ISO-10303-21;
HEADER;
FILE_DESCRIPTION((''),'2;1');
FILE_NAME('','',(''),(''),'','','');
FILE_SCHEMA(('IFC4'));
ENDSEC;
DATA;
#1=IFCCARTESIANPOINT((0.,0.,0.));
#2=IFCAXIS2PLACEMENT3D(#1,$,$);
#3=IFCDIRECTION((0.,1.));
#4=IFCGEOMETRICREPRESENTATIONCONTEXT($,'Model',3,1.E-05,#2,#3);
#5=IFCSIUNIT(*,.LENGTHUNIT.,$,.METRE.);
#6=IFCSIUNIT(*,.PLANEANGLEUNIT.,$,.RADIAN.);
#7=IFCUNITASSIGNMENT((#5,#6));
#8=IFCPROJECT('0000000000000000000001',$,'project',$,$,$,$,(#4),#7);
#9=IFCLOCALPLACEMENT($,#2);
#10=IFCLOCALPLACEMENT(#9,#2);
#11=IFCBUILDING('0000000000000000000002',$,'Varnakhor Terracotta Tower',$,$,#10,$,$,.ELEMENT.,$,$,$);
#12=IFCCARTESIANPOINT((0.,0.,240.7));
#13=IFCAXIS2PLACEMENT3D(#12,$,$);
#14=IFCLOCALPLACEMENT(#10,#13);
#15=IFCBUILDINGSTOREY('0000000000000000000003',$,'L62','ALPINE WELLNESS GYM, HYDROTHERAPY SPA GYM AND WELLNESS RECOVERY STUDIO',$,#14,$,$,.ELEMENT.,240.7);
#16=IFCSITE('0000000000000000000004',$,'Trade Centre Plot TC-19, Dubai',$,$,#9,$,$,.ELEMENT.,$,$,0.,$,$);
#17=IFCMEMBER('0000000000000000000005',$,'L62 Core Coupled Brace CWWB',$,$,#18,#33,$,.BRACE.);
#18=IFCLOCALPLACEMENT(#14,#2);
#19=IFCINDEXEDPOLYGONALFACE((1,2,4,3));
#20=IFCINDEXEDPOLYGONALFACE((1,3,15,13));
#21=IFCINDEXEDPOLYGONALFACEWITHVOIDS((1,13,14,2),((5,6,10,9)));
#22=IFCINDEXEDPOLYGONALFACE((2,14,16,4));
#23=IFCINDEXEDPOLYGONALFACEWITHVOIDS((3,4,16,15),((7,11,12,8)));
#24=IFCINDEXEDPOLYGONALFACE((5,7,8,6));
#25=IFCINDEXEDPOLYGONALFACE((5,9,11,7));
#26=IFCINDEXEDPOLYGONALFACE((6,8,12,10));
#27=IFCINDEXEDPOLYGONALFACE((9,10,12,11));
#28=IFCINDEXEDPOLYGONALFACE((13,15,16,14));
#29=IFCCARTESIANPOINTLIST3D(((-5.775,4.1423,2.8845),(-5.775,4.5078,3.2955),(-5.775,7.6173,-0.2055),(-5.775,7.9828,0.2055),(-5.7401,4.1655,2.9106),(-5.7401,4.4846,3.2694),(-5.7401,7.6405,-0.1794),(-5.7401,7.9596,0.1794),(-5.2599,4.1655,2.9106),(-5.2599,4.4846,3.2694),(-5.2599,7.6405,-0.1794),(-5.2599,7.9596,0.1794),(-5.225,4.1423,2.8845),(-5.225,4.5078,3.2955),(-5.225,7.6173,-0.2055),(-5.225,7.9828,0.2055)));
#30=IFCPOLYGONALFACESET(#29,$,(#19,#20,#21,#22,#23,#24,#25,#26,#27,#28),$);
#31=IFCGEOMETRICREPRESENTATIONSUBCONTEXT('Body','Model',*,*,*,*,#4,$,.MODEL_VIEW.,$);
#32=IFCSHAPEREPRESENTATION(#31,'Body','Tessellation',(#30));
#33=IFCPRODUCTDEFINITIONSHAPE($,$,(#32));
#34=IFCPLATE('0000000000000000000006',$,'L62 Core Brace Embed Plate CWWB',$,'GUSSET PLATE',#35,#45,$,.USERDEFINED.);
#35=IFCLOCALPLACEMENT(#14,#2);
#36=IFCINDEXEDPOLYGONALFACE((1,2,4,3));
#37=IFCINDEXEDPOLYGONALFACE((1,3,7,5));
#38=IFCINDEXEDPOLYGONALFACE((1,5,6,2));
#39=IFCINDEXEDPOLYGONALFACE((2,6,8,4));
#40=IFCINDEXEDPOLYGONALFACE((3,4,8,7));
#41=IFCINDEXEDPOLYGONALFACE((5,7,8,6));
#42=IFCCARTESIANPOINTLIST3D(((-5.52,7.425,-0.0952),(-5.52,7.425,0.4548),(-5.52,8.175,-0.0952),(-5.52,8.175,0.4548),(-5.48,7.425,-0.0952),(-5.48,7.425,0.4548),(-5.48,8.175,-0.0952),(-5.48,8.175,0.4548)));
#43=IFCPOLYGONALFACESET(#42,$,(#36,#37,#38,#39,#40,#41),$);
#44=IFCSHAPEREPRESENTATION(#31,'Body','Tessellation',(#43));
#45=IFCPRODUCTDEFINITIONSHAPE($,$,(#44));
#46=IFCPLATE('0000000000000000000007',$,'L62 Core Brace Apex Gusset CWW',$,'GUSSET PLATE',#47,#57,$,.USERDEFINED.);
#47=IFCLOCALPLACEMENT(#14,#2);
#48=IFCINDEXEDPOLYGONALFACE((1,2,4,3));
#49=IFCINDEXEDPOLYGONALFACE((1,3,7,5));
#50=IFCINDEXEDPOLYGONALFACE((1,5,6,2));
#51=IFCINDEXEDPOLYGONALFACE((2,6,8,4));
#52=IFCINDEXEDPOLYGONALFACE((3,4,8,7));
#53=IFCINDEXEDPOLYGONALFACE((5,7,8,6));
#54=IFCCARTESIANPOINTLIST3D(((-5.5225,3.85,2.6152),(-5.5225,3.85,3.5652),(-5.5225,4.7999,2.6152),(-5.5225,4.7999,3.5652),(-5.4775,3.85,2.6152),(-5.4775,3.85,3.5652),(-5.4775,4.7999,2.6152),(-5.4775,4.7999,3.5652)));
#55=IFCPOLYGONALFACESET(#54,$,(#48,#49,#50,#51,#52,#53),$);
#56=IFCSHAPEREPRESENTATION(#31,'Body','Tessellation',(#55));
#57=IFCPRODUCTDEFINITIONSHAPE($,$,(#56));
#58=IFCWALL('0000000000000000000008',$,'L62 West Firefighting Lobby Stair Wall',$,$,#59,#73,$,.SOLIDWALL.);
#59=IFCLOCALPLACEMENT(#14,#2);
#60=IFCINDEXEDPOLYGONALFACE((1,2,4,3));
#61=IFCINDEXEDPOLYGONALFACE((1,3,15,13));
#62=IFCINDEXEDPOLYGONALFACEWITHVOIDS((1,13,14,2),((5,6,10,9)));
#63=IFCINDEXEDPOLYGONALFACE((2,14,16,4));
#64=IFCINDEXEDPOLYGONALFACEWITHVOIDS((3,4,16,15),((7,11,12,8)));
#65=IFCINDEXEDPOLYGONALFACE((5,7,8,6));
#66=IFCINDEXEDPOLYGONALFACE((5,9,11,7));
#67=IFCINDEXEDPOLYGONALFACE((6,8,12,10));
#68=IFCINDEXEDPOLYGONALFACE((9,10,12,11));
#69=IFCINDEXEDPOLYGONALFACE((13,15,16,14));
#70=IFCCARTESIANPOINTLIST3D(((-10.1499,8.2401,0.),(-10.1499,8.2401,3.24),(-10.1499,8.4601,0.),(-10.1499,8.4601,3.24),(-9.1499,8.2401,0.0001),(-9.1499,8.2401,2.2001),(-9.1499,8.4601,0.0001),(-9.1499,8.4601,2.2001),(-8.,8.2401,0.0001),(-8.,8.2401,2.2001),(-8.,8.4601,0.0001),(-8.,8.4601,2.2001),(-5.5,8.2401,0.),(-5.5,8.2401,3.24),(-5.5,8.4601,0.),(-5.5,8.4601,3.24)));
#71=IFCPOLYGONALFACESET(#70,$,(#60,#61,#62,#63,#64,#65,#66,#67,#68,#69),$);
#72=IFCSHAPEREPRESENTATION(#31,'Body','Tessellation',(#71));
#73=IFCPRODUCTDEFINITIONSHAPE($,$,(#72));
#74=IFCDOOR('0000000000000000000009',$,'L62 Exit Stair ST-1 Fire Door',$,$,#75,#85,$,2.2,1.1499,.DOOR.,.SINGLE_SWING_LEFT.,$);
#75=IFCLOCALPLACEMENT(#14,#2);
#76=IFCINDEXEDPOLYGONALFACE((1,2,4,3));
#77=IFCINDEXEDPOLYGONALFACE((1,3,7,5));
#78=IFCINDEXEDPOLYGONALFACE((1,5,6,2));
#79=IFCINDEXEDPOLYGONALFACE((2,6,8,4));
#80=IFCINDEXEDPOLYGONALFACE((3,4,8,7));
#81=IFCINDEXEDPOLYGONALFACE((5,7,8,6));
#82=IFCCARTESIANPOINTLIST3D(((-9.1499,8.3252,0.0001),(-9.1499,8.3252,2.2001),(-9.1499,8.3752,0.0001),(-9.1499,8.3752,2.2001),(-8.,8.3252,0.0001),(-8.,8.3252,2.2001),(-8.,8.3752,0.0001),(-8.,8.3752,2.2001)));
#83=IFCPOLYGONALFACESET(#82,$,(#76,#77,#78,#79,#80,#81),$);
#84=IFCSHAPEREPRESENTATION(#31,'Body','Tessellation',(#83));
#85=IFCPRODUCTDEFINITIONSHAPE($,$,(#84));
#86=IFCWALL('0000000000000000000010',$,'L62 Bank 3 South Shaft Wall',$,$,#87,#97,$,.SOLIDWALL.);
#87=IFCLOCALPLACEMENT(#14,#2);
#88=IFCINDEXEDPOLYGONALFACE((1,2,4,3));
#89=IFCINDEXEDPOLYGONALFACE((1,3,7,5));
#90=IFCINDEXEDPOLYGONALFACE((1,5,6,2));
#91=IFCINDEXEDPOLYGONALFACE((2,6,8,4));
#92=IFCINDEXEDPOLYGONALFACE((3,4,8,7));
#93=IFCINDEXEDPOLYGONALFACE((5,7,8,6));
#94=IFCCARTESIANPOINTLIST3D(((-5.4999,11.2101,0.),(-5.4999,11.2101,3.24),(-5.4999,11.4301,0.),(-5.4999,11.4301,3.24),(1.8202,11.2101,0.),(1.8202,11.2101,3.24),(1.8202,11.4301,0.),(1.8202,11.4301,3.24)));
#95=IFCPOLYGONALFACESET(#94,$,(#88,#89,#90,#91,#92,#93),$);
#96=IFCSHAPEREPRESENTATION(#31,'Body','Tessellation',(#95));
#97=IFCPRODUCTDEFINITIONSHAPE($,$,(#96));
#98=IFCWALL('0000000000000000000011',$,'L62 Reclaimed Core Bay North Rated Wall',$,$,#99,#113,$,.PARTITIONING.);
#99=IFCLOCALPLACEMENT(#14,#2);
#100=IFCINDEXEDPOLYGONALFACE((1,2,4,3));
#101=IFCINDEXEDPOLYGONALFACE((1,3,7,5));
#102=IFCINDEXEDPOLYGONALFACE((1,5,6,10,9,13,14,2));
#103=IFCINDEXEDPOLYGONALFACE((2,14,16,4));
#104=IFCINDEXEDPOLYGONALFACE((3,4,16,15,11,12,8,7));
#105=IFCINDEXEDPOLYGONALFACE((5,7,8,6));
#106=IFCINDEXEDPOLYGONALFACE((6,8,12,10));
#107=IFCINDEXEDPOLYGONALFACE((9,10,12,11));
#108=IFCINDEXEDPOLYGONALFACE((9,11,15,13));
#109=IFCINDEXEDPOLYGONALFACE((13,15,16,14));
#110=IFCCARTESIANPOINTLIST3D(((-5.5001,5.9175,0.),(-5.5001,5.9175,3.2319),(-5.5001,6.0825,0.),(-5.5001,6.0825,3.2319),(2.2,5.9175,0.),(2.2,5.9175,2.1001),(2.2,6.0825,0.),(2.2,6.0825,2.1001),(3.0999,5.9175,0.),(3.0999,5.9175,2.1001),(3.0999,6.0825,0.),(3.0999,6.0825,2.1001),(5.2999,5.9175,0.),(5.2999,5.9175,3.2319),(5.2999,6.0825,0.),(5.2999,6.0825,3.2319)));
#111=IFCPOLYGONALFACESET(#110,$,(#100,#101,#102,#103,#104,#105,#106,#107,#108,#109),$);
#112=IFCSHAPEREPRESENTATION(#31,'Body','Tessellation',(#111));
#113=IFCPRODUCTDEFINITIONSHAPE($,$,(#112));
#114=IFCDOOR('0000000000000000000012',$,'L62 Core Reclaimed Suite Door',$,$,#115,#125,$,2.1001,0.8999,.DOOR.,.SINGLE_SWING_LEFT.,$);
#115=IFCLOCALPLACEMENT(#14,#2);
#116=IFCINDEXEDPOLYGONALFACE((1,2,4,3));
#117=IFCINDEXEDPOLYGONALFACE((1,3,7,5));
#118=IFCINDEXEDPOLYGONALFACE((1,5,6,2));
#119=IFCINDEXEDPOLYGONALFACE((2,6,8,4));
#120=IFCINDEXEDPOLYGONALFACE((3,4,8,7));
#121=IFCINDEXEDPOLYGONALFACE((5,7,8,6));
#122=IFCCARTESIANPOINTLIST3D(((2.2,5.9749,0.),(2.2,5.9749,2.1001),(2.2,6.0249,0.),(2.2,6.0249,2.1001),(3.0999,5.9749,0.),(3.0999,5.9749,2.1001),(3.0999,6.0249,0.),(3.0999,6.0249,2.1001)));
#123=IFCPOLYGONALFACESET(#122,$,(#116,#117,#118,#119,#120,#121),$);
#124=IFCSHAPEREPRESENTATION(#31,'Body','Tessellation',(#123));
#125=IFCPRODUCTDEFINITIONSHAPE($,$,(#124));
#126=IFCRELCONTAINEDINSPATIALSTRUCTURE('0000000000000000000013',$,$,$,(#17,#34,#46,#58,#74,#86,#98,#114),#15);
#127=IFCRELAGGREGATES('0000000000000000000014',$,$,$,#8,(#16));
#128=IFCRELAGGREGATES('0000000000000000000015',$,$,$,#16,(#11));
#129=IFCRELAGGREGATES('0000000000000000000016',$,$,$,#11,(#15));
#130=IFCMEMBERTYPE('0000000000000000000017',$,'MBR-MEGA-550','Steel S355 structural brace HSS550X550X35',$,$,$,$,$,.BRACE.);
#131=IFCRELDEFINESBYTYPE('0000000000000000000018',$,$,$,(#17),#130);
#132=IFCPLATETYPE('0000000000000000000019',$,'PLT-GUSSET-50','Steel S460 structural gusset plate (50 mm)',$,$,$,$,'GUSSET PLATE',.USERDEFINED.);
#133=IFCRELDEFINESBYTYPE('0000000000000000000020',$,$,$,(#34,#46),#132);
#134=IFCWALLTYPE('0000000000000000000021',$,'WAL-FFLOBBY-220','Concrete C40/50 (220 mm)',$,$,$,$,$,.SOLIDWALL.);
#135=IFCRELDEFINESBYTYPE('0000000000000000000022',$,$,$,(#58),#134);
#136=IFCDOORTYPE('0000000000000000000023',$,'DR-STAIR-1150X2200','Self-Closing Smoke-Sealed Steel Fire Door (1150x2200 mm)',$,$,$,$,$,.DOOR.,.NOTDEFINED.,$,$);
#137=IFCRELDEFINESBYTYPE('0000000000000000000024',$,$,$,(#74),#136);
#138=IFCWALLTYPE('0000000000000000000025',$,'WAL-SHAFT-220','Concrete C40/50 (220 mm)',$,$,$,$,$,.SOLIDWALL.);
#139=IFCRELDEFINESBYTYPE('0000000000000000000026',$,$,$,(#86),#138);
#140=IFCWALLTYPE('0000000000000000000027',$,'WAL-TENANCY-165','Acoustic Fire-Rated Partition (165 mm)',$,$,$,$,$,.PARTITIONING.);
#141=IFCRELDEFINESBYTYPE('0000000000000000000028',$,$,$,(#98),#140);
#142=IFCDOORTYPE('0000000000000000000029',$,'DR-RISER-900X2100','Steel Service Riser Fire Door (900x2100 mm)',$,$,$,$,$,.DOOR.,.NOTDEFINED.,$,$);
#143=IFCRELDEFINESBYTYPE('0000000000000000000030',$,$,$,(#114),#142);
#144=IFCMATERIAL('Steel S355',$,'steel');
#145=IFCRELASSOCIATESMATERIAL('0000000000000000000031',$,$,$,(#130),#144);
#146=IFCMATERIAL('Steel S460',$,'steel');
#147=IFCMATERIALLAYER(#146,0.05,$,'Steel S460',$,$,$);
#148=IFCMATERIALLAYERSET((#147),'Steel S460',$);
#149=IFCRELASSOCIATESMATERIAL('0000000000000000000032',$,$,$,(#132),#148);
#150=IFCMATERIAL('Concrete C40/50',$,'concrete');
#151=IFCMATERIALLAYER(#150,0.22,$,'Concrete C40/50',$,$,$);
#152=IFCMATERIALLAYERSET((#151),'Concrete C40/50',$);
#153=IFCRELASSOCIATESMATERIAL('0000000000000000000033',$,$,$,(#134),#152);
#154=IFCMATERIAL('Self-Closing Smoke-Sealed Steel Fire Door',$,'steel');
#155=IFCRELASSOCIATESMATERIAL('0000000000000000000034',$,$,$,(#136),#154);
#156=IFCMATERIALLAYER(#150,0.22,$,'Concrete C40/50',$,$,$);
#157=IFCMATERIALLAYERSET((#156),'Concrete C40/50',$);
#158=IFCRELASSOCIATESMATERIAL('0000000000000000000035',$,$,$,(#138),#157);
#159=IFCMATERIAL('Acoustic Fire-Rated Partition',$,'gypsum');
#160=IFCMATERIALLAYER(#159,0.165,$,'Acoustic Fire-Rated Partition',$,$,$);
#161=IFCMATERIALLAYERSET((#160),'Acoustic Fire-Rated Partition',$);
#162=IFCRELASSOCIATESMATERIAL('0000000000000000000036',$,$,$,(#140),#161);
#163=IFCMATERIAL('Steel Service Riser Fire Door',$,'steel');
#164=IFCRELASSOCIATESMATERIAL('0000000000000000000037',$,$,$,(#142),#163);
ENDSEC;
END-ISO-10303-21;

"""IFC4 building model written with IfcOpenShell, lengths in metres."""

from ifc_helpers import new_model, si_unit, direction, frame, frame_2d, origin, origin_2d, place, context, subcontext, project, spatial, rectangle, hollow_rectangle, extrude, source, transform, mapped, material, layer, layer_set, material_profile, profile_set, type_object, type_shapes, element, fill, save


model = new_model("IFC4")

# Units and contexts
model_context = context("Model", 3, precision=1e-05, world=origin(), true_north=direction((0.0, 1.0)))
body_context = subcontext(model_context, "Body", "Model", "MODEL_VIEW")
ifc_project = project(units=[si_unit("LENGTHUNIT", "METRE"), si_unit("PLANEANGLEUNIT", "RADIAN")], contexts=[model_context])

# Site, building, storey
site_placement = place(None, origin())
site = spatial("IfcSite", under=ifc_project, at=site_placement, Name="Trade Centre Plot TC-19, Dubai", CompositionType="ELEMENT", RefElevation=0.0)
building_placement = place(site_placement, origin())
building = spatial("IfcBuilding", under=site, at=building_placement, Name="Varnakhor Terracotta Tower", CompositionType="ELEMENT")
storey_placement = place(building_placement, frame((0.0, 0.0, 240.7)))
storey = spatial("IfcBuildingStorey", under=building, at=storey_placement, Name="L62", Description="ALPINE WELLNESS GYM, HYDROTHERAPY SPA GYM AND WELLNESS RECOVERY STUDIO", CompositionType="ELEMENT", Elevation=240.7)

# Member
ifc_material_1 = material(Name="Steel S355", Category="steel")
ifc_material_profile = material_profile(ifc_material_1, hollow_rectangle(XDim=0.55, YDim=0.55, WallThickness=0.0349, at=origin_2d()), Name="HSS550X550X35")
ifc_profile_set = profile_set([ifc_material_profile], Name="Steel S355")
member_type = type_object("IfcMemberType", Name="MBR-MEGA-550", Description="Steel S355 structural brace HSS550X550X35", PredefinedType="BRACE", material=ifc_profile_set)
shared_shape_1 = source(origin(), body_context, "Body", "SweptSolid", [
    extrude(hollow_rectangle(XDim=0.55, YDim=0.55, WallThickness=0.0349, at=origin_2d()), origin(), (0.0, 0.0, 1.0), 4.6501),
])
member_placement = place(storey_placement, frame((-5.5, 7.8, 0.0), z_axis=(0.0, -0.747291, 0.664497), x_axis=(1.0, 0.0, 0.0)))
element("IfcMember", 1, at=member_placement, inside=storey, type_object=member_type, Name="L62 Core Coupled Brace CWWB", PredefinedType="BRACE", context=body_context, shape_type="MappedRepresentation", body=[
    mapped(shared_shape_1, transform((0.0, 0.0, 0.0), scale=1.0)),
])

# Plates
ifc_material_2 = material(Name="Steel S460", Category="steel")
ifc_layer_1 = layer(ifc_material_2, 0.05, Name="Steel S460")
ifc_layer_set_1 = layer_set([ifc_layer_1], Name="Steel S460")
plate_type = type_object("IfcPlateType", Name="PLT-GUSSET-50", Description="Steel S460 structural gusset plate (50 mm)", ElementType="GUSSET PLATE", PredefinedType="USERDEFINED", material=ifc_layer_set_1)
shared_shape_2 = source(origin(), body_context, "Body", "SweptSolid", [
    extrude(rectangle(XDim=0.75, YDim=0.04, at=origin_2d()), origin(), (0.0, 0.0, 1.0), 0.55),
])
type_shapes(plate_type, [shared_shape_2])
plate_1_placement = place(storey_placement, frame((-5.5, 7.8, -0.0952), z_axis=(0.0, 0.0, 1.0), x_axis=(0.0, 1.0, 0.0)))
element("IfcPlate", 2, at=plate_1_placement, inside=storey, type_object=plate_type, Name="L62 Core Brace Embed Plate CWWB", ObjectType="GUSSET PLATE", PredefinedType="USERDEFINED", context=body_context, shape_type="MappedRepresentation", body=[
    mapped(shared_shape_2, transform((0.0, 0.0, 0.0), scale=1.0)),
])
shared_shape_3 = source(origin(), body_context, "Body", "SweptSolid", [
    extrude(rectangle(XDim=0.95, YDim=0.0449, at=origin_2d()), origin(), (0.0, 0.0, 1.0), 0.95),
])
plate_2_placement = place(storey_placement, frame((-5.5, 4.325, 2.6152), z_axis=(0.0, 0.0, 1.0), x_axis=(0.0, 1.0, 0.0)))
element("IfcPlate", 3, at=plate_2_placement, inside=storey, type_object=plate_type, Name="L62 Core Brace Apex Gusset CWW", ObjectType="GUSSET PLATE", PredefinedType="USERDEFINED", context=body_context, shape_type="MappedRepresentation", body=[
    mapped(shared_shape_3, transform((0.0, 0.0, 0.0), scale=1.0)),
])

# Wall, opening, door
ifc_material_3 = material(Name="Concrete C40/50", Category="concrete")
ifc_layer_2 = layer(ifc_material_3, 0.22, Name="Concrete C40/50")
ifc_layer_set_2 = layer_set([ifc_layer_2], Name="Concrete C40/50")
wall_type_1 = type_object("IfcWallType", Name="WAL-FFLOBBY-220", Description="Concrete C40/50 (220 mm)", PredefinedType="SOLIDWALL", material=ifc_layer_set_2)
wall_1_placement = place(storey_placement, frame((-5.5, 8.3501, 0.0), z_axis=(0.0, 0.0, 1.0), x_axis=(-1.0, 0.0, 0.0)))
wall_1 = element("IfcWall", 4, at=wall_1_placement, inside=storey, type_object=wall_type_1, Name="L62 West Firefighting Lobby Stair Wall", PredefinedType="SOLIDWALL", context=body_context, shape_type="SweptSolid", body=[
    extrude(rectangle(XDim=4.6499, YDim=0.22, at=frame_2d((2.325, 0.0))), origin(), (0.0, 0.0, 1.0), 3.24),
])
opening_1_placement = place(wall_1_placement, frame((2.5, 0.0, 0.0)))
opening_1 = element("IfcOpeningElement", 5, at=opening_1_placement, cuts=wall_1, PredefinedType="OPENING", context=body_context, shape_type="SweptSolid", body=[
    extrude(rectangle(XDim=1.1499, YDim=2.2, at=frame_2d((0.575, 1.1001))), frame((0.0, 0.1201, 0.0), z_axis=(0.0, -1.0, 0.0), x_axis=(1.0, 0.0, 0.0)), (0.0, 0.0, 1.0), 0.24),
])
ifc_material_4 = material(Name="Self-Closing Smoke-Sealed Steel Fire Door", Category="steel")
door_type_1 = type_object("IfcDoorType", Name="DR-STAIR-1150X2200", Description="Self-Closing Smoke-Sealed Steel Fire Door (1150x2200 mm)", OperationType="NOTDEFINED", PredefinedType="DOOR", material=ifc_material_4)
shared_shape_4 = source(origin(), body_context, "Body", "SweptSolid", [
    extrude(rectangle(XDim=1.1499, YDim=2.2, at=frame_2d((0.575, 1.1001))), frame((0.0, 0.0249, 0.0), z_axis=(0.0, -1.0, 0.0), x_axis=(1.0, 0.0, 0.0)), (0.0, 0.0, 1.0), 0.05),
])
type_shapes(door_type_1, [shared_shape_4])
door_1_placement = place(opening_1_placement, origin())
door_1 = element("IfcDoor", 6, at=door_1_placement, inside=storey, type_object=door_type_1, Name="L62 Exit Stair ST-1 Fire Door", OperationType="SINGLE_SWING_LEFT", OverallHeight=2.2, OverallWidth=1.1499, PredefinedType="DOOR", context=body_context, shape_type="MappedRepresentation", body=[
    mapped(shared_shape_4, transform((0.0, 0.0, 0.0), scale=1.0)),
])
fill(opening_1, door_1)

# Wall
ifc_layer_3 = layer(ifc_material_3, 0.22, Name="Concrete C40/50")
ifc_layer_set_3 = layer_set([ifc_layer_3], Name="Concrete C40/50")
wall_type_2 = type_object("IfcWallType", Name="WAL-SHAFT-220", Description="Concrete C40/50 (220 mm)", PredefinedType="SOLIDWALL", material=ifc_layer_set_3)
wall_2_placement = place(storey_placement, frame((-5.5, 11.3201, 0.0), z_axis=(0.0, 0.0, 1.0), x_axis=(1.0, 0.0, 0.0)))
element("IfcWall", 7, at=wall_2_placement, inside=storey, type_object=wall_type_2, Name="L62 Bank 3 South Shaft Wall", PredefinedType="SOLIDWALL", context=body_context, shape_type="SweptSolid", body=[
    extrude(rectangle(XDim=7.3201, YDim=0.22, at=frame_2d((3.6602, 0.0))), origin(), (0.0, 0.0, 1.0), 3.24),
])

# Wall, opening, door
ifc_material_5 = material(Name="Acoustic Fire-Rated Partition", Category="gypsum")
ifc_layer_4 = layer(ifc_material_5, 0.165, Name="Acoustic Fire-Rated Partition")
ifc_layer_set_4 = layer_set([ifc_layer_4], Name="Acoustic Fire-Rated Partition")
wall_type_3 = type_object("IfcWallType", Name="WAL-TENANCY-165", Description="Acoustic Fire-Rated Partition (165 mm)", PredefinedType="PARTITIONING", material=ifc_layer_set_4)
wall_3_placement = place(storey_placement, frame((-5.5, 6.0, 0.0), z_axis=(0.0, 0.0, 1.0), x_axis=(1.0, 0.0, 0.0)))
wall_3 = element("IfcWall", 8, at=wall_3_placement, inside=storey, type_object=wall_type_3, Name="L62 Reclaimed Core Bay North Rated Wall", PredefinedType="PARTITIONING", context=body_context, shape_type="SweptSolid", body=[
    extrude(rectangle(XDim=10.8, YDim=0.165, at=frame_2d((5.3999, 0.0))), origin(), (0.0, 0.0, 1.0), 3.2319),
])
opening_2_placement = place(wall_3_placement, frame((7.7, 0.0, 0.0)))
opening_2 = element("IfcOpeningElement", 9, at=opening_2_placement, cuts=wall_3, PredefinedType="OPENING", context=body_context, shape_type="SweptSolid", body=[
    extrude(rectangle(XDim=0.8999, YDim=2.1001, at=frame_2d((0.45, 1.05))), frame((0.0, 0.0925, 0.0), z_axis=(0.0, -1.0, 0.0), x_axis=(1.0, 0.0, 0.0)), (0.0, 0.0, 1.0), 0.1851),
])
ifc_material_6 = material(Name="Steel Service Riser Fire Door", Category="steel")
door_type_2 = type_object("IfcDoorType", Name="DR-RISER-900X2100", Description="Steel Service Riser Fire Door (900x2100 mm)", OperationType="NOTDEFINED", PredefinedType="DOOR", material=ifc_material_6)
shared_shape_5 = source(origin(), body_context, "Body", "SweptSolid", [
    extrude(rectangle(XDim=0.8999, YDim=2.1001, at=frame_2d((0.45, 1.05))), frame((0.0, 0.0249, 0.0), z_axis=(0.0, -1.0, 0.0), x_axis=(1.0, 0.0, 0.0)), (0.0, 0.0, 1.0), 0.05),
])
type_shapes(door_type_2, [shared_shape_5])
door_2_placement = place(opening_2_placement, origin())
door_2 = element("IfcDoor", 10, at=door_2_placement, inside=storey, type_object=door_type_2, Name="L62 Core Reclaimed Suite Door", OperationType="SINGLE_SWING_LEFT", OverallHeight=2.1001, OverallWidth=0.8999, PredefinedType="DOOR", context=body_context, shape_type="MappedRepresentation", body=[
    mapped(shared_shape_5, transform((0.0, 0.0, 0.0), scale=1.0)),
])
fill(opening_2, door_2)

save(model, "model.ifc")
